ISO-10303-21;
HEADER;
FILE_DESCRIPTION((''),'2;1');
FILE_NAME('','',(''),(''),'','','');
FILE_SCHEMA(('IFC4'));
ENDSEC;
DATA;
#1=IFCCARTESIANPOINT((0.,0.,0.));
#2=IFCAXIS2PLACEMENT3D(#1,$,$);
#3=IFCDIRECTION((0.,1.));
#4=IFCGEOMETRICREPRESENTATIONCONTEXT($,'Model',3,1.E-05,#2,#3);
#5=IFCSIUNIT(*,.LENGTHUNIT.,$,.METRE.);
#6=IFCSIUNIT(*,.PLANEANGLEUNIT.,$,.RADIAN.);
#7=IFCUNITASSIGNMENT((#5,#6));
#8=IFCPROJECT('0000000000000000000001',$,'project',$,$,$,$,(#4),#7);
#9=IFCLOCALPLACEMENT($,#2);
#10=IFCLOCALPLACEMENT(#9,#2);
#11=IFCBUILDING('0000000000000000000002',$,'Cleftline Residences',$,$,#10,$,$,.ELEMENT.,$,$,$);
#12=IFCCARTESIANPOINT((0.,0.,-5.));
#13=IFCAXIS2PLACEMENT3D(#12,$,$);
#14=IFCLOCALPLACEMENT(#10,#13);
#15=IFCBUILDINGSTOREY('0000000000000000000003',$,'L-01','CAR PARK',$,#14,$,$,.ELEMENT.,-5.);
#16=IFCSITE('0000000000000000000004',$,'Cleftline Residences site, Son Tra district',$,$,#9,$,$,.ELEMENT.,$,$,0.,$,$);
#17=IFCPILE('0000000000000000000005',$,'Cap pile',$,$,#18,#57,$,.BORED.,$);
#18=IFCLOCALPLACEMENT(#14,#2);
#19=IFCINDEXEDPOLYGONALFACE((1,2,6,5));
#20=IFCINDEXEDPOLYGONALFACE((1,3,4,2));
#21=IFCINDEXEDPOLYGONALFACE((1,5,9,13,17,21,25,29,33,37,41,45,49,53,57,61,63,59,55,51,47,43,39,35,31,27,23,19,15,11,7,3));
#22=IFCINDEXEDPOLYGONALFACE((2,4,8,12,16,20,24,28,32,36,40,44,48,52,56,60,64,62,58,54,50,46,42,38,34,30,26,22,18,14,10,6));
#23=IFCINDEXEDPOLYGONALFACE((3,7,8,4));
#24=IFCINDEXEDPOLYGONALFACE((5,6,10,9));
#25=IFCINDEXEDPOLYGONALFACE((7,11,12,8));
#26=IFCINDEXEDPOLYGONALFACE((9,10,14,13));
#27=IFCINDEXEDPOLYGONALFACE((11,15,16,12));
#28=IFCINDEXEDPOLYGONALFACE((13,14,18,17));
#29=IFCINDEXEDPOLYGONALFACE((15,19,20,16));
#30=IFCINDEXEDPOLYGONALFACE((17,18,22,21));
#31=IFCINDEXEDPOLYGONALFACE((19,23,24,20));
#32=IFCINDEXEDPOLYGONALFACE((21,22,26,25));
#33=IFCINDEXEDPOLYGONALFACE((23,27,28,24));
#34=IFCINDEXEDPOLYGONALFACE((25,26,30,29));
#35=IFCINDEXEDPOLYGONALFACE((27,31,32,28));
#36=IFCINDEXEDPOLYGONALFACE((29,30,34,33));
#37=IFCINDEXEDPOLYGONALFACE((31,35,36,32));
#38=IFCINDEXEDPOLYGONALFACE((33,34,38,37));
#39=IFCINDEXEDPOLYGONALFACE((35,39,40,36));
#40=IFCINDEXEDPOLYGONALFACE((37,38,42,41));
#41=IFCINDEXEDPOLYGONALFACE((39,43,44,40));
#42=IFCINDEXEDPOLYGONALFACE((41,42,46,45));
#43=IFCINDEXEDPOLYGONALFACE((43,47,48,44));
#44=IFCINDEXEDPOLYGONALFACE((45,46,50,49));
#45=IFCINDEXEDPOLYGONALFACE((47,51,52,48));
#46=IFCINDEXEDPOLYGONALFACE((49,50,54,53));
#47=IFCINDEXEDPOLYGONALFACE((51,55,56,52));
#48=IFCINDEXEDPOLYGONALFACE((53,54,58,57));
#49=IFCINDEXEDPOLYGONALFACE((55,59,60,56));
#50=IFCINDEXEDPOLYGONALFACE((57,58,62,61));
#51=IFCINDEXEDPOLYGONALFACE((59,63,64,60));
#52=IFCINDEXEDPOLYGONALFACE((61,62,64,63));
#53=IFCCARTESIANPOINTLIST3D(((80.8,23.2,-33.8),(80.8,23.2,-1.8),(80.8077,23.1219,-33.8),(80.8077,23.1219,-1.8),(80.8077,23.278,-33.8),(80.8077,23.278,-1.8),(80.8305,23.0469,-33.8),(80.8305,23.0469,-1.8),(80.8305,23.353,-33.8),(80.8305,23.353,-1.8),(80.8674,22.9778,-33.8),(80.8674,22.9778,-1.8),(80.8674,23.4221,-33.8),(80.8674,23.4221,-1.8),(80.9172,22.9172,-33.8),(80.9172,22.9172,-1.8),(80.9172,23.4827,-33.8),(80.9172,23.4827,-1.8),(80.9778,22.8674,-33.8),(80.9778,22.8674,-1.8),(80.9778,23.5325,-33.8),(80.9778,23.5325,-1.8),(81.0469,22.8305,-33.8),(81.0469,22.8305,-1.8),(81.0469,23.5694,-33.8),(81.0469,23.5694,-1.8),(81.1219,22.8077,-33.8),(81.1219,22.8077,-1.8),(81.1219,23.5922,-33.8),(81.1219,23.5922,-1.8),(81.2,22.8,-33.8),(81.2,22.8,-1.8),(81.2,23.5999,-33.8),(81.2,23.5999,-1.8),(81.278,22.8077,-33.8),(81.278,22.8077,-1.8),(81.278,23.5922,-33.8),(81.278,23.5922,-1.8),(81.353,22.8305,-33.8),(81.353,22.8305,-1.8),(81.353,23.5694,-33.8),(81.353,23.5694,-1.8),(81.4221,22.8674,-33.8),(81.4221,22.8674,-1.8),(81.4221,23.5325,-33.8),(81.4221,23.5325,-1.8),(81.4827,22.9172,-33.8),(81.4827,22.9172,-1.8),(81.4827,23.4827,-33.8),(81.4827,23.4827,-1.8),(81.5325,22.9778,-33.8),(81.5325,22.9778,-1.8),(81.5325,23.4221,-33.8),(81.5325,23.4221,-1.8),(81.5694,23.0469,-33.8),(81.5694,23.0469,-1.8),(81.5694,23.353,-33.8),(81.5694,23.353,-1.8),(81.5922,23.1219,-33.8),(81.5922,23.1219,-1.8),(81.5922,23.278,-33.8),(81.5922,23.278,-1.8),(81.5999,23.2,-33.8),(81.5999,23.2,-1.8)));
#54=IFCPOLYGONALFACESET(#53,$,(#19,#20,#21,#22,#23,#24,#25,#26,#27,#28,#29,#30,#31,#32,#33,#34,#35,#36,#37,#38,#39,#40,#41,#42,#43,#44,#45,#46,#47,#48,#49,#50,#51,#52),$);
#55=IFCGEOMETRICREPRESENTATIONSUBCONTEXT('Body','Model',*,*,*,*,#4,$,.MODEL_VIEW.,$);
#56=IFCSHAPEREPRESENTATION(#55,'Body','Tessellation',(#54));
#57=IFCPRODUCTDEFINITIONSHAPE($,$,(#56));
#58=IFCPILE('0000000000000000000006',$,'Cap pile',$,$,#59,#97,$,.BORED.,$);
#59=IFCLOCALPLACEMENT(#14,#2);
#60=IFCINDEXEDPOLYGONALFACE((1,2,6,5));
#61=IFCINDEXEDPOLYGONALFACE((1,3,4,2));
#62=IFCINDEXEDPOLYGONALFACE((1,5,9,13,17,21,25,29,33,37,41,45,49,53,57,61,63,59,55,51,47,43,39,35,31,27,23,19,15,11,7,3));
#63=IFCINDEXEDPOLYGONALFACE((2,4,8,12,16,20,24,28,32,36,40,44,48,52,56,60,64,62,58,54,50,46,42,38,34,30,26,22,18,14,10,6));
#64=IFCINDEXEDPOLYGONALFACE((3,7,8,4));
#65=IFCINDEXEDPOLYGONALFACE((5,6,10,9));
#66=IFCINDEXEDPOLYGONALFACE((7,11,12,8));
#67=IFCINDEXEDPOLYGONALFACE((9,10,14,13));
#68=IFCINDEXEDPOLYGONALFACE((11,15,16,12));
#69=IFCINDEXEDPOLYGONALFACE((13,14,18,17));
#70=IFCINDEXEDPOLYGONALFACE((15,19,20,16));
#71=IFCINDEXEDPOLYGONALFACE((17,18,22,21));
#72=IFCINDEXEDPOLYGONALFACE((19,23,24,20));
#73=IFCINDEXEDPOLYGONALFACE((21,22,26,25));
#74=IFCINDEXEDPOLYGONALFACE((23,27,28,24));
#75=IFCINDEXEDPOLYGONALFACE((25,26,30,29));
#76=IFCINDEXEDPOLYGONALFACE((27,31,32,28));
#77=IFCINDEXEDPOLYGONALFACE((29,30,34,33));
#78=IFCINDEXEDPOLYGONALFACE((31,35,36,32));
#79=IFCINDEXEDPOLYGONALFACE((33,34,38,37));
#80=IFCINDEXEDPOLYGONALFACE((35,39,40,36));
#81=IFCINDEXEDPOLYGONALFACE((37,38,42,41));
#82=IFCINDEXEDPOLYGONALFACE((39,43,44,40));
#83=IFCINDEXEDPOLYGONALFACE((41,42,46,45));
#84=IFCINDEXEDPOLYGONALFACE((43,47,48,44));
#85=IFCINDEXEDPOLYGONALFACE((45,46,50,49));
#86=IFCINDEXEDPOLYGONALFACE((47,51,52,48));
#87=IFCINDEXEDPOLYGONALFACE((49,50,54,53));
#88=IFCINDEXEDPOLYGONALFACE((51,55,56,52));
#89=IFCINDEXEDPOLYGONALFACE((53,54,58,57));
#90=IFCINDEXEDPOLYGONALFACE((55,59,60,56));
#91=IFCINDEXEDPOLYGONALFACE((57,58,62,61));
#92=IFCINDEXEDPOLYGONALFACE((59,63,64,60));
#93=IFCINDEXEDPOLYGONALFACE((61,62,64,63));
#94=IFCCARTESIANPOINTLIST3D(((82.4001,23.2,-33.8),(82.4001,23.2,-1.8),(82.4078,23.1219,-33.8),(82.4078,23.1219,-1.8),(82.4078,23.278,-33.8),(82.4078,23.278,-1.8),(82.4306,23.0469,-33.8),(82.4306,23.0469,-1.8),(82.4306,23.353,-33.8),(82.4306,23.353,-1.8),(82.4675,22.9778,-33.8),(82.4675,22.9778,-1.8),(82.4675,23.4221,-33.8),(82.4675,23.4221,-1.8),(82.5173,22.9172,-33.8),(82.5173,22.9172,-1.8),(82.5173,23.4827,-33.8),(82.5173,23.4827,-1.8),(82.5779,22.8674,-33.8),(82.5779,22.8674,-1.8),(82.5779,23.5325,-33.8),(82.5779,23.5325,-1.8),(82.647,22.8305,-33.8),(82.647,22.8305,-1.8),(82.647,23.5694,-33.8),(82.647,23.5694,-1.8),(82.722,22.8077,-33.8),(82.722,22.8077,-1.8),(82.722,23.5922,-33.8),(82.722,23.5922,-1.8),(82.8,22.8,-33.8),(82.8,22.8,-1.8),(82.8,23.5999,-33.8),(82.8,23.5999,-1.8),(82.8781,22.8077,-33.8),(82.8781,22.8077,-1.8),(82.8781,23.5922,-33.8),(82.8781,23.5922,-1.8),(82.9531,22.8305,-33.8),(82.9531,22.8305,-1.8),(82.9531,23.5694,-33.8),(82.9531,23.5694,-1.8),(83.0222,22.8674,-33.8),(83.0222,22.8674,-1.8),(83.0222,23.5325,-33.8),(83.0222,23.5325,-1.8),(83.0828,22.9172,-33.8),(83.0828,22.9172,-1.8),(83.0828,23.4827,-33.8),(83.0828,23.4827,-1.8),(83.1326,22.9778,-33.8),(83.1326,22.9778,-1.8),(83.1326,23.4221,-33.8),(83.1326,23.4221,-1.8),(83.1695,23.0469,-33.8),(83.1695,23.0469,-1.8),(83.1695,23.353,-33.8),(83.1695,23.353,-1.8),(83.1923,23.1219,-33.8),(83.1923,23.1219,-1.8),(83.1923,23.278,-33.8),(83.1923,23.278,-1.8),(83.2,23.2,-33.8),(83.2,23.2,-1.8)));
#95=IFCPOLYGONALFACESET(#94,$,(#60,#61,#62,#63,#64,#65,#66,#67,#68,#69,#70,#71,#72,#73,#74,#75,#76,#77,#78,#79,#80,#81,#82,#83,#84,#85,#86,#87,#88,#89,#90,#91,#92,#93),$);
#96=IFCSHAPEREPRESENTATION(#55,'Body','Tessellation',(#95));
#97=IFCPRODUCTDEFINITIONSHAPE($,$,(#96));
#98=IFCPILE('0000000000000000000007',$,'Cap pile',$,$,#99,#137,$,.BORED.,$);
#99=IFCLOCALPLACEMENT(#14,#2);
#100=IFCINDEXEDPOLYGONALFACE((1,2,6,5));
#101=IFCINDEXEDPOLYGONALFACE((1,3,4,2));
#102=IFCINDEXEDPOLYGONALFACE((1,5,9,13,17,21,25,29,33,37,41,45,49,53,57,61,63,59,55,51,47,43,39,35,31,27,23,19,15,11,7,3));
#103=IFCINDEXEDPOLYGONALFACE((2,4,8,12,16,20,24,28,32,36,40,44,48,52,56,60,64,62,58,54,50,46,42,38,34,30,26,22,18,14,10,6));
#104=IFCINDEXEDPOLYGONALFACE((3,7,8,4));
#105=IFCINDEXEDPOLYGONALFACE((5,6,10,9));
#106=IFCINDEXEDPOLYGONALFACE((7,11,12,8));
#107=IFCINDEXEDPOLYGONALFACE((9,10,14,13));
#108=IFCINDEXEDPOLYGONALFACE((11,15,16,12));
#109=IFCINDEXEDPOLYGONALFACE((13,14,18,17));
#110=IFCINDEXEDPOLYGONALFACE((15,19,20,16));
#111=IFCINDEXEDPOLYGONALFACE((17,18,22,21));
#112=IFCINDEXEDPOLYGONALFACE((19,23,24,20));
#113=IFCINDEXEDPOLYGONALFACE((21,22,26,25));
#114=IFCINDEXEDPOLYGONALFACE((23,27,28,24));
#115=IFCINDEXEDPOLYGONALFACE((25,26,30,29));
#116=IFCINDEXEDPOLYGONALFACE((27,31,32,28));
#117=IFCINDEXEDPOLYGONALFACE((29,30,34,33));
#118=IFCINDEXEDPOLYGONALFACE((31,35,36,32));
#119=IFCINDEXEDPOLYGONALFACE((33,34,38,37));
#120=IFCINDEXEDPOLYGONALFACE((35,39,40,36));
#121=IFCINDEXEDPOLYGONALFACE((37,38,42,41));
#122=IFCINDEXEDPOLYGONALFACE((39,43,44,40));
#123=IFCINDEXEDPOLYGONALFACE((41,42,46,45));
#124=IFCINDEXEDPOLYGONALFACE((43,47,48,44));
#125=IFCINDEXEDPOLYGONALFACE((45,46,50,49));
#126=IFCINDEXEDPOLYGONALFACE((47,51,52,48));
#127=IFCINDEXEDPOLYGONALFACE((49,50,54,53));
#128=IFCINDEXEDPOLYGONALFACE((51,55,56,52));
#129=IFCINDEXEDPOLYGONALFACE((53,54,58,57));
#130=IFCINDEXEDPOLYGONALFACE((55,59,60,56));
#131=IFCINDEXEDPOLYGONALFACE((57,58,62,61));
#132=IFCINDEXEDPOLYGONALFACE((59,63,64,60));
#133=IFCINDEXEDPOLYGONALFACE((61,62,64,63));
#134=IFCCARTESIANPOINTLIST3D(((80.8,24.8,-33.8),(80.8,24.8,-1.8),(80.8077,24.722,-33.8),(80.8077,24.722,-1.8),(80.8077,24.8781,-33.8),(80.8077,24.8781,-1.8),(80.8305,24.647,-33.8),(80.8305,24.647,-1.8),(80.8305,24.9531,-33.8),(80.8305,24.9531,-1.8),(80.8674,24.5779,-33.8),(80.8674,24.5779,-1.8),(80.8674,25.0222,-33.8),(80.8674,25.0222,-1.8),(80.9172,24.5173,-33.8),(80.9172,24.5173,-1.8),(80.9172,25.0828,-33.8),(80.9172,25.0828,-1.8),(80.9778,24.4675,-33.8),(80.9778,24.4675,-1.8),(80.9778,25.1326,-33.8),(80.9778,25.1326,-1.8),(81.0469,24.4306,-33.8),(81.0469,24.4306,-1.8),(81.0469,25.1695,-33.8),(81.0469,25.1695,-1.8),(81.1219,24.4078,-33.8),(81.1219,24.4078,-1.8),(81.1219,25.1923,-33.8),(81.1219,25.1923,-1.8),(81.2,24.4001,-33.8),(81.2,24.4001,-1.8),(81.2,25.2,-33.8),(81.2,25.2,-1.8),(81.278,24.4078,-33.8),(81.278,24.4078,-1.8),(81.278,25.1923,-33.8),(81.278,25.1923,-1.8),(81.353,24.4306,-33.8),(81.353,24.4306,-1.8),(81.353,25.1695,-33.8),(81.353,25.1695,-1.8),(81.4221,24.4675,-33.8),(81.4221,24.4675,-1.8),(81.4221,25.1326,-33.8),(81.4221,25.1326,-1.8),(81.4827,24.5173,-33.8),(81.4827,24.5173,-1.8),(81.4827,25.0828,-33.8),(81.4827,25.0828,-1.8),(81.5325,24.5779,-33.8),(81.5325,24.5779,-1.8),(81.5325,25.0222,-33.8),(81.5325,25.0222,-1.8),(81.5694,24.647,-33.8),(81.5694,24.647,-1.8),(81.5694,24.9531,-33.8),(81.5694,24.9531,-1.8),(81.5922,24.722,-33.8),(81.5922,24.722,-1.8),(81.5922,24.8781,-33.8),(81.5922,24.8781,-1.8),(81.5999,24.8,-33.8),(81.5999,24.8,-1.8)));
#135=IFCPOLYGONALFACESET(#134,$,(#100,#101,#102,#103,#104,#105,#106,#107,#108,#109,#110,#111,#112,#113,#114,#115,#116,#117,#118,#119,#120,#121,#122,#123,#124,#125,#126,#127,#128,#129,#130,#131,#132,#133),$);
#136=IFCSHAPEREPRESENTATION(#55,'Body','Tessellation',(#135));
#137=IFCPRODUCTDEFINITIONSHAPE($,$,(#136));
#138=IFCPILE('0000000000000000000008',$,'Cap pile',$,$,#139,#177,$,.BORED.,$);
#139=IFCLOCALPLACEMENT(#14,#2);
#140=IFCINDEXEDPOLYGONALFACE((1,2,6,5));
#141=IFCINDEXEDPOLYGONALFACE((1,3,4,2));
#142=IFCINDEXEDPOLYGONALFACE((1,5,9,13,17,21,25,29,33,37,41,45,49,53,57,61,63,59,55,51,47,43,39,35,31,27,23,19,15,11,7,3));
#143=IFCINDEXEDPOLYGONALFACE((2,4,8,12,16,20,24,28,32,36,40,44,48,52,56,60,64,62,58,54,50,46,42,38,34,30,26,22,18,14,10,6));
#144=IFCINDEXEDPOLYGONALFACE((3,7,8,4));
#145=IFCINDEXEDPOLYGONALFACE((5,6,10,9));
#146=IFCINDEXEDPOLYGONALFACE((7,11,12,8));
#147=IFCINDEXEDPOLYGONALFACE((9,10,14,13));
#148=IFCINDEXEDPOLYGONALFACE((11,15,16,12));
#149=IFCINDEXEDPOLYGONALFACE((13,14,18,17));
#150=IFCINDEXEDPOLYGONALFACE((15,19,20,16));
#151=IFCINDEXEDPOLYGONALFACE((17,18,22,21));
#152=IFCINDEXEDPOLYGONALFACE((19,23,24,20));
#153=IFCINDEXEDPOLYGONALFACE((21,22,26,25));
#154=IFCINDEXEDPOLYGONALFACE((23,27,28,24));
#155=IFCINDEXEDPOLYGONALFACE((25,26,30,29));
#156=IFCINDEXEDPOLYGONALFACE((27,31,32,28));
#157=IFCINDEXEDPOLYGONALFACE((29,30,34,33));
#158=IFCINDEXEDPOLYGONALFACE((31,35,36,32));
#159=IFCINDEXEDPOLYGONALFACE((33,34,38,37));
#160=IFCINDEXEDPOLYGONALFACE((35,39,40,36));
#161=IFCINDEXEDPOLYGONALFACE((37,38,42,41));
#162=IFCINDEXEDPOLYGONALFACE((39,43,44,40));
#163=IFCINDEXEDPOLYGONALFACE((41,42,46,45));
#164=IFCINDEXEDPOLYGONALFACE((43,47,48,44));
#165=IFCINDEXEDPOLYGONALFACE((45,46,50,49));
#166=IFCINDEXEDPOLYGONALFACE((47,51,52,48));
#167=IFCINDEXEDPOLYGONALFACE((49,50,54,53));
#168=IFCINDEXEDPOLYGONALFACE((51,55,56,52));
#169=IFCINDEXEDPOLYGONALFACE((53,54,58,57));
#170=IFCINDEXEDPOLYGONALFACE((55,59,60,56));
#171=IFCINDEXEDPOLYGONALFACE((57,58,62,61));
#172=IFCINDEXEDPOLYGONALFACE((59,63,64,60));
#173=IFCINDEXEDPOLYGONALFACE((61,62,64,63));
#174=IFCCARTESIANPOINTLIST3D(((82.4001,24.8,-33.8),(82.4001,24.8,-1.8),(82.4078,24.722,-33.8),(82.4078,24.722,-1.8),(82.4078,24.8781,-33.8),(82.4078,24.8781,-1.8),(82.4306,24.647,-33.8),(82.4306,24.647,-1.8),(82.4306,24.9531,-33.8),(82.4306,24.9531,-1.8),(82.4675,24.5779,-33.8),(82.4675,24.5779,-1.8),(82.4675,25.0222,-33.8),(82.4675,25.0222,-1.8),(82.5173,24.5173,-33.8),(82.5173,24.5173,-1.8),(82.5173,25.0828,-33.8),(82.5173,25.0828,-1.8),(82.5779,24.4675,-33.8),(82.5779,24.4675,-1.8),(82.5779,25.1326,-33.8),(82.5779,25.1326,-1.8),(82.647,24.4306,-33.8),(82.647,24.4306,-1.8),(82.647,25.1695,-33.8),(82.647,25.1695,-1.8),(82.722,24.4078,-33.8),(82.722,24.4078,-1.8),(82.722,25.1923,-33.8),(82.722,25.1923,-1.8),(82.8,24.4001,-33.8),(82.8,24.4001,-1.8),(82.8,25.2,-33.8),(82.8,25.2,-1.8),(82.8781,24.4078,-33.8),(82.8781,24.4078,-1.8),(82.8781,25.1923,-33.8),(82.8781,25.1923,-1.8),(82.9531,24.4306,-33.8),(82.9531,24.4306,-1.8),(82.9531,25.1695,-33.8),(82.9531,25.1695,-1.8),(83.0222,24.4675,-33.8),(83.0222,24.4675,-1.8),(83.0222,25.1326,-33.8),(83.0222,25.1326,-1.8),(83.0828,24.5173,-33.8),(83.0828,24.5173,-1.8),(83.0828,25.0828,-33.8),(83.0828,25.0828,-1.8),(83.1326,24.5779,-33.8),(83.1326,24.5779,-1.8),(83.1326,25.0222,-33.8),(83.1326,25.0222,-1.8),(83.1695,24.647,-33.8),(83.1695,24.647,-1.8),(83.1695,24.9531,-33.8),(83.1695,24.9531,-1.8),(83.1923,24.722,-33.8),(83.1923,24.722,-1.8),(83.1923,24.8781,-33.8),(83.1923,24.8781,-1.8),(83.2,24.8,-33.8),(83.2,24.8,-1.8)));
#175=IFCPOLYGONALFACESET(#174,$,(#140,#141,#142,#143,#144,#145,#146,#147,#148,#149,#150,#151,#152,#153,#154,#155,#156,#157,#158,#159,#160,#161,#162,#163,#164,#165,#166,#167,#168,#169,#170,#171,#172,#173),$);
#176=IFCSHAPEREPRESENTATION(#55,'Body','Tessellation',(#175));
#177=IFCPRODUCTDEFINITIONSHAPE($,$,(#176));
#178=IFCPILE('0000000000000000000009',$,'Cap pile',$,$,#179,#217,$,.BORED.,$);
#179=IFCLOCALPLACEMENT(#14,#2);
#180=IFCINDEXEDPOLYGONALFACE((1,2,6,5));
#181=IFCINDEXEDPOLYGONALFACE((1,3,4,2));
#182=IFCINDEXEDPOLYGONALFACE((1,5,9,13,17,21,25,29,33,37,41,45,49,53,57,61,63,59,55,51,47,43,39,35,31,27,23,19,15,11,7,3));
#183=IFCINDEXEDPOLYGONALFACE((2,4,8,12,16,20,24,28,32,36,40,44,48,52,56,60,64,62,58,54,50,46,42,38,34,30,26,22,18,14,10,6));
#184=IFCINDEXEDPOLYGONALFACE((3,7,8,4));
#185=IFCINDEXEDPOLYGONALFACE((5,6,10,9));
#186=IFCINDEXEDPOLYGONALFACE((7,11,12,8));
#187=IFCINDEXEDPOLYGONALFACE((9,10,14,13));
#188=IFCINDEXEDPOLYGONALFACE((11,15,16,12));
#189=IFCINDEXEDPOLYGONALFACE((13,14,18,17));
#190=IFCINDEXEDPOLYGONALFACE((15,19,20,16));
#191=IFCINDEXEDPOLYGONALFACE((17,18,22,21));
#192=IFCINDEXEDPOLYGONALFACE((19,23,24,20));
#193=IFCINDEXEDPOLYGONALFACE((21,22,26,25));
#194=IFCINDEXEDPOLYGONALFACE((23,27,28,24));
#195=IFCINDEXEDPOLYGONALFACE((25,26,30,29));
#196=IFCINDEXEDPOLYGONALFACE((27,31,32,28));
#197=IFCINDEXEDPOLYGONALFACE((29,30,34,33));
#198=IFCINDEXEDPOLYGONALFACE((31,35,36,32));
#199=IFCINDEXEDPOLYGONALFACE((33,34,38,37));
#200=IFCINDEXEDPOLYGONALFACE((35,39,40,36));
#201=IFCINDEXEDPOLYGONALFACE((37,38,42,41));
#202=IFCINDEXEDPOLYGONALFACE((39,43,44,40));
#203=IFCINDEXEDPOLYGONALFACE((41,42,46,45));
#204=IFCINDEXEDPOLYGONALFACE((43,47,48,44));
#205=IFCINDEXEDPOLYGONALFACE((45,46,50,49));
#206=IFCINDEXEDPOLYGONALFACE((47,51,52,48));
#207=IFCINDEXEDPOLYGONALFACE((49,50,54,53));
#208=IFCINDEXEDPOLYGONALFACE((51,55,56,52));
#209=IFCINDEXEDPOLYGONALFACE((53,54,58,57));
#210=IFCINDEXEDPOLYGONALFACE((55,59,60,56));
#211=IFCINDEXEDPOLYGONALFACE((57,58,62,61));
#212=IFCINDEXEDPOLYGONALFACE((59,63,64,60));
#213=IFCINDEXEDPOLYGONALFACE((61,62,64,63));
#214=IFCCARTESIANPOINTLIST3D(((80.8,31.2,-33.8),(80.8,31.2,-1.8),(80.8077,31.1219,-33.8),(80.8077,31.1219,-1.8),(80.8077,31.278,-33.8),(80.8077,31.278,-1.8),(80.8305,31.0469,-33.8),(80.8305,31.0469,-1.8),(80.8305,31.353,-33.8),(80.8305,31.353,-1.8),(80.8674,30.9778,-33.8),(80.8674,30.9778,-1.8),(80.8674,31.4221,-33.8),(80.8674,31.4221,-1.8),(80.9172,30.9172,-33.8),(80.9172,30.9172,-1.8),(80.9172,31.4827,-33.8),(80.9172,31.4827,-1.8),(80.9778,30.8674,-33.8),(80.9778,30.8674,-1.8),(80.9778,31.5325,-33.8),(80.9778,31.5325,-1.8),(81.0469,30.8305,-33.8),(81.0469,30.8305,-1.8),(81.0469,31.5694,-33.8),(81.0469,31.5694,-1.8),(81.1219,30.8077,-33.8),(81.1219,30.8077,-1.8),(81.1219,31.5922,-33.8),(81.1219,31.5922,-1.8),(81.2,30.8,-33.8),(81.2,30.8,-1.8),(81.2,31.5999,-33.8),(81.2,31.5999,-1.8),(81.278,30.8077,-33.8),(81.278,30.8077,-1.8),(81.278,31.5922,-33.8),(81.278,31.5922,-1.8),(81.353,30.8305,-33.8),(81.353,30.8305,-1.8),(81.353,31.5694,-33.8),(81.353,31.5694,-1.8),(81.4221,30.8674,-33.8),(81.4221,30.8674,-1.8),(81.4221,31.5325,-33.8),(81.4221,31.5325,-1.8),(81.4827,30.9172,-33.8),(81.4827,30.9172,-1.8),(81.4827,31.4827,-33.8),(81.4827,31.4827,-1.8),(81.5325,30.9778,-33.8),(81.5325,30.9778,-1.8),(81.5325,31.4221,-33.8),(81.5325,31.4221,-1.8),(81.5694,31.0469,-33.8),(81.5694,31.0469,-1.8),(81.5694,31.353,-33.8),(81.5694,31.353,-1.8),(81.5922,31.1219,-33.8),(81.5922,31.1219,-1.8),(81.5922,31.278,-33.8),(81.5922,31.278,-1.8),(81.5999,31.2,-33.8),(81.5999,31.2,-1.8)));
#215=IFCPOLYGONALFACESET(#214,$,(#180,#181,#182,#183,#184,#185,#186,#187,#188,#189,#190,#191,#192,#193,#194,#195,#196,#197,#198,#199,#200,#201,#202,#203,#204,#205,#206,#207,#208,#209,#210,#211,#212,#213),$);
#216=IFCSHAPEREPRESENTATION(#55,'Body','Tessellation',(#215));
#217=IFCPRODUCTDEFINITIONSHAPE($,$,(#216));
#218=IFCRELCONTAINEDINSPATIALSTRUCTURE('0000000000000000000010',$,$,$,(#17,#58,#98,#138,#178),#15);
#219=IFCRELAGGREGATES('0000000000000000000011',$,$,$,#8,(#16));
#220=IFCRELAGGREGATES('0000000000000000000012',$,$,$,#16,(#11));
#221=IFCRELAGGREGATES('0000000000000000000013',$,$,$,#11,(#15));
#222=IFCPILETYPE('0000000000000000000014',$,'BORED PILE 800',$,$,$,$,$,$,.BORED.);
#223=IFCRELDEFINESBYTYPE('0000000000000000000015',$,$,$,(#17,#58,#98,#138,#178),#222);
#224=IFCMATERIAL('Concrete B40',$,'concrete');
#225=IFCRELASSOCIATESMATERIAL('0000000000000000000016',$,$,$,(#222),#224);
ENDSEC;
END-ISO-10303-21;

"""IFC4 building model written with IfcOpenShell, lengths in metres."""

from ifc_helpers import new_model, si_unit, direction, frame, origin, origin_2d, place, context, subcontext, project, spatial, circle, extrude, material, material_profile, profile_set, type_object, element, save


model = new_model("IFC4")

# Units and contexts
model_context = context("Model", 3, precision=1e-05, world=origin(), true_north=direction((0.0, 1.0)))
body_context = subcontext(model_context, "Body", "Model", "MODEL_VIEW")
ifc_project = project(units=[si_unit("LENGTHUNIT", "METRE"), si_unit("PLANEANGLEUNIT", "RADIAN")], contexts=[model_context])

# Site, building, storey
site_placement = place(None, origin())
site = spatial("IfcSite", under=ifc_project, at=site_placement, Name="Cleftline Residences site, Son Tra district", CompositionType="ELEMENT", RefElevation=0.0)
building_placement = place(site_placement, origin())
building = spatial("IfcBuilding", under=site, at=building_placement, Name="Cleftline Residences", CompositionType="ELEMENT")
storey_placement = place(building_placement, frame((0.0, 0.0, -5.0)))
storey = spatial("IfcBuildingStorey", under=building, at=storey_placement, Name="L-01", Description="CAR PARK", CompositionType="ELEMENT", Elevation=-5.0)

# Piles
ifc_material_1 = material(Name="Concrete B40", Category="concrete")
ifc_material_profile_1 = material_profile(ifc_material_1, circle(Radius=0.3999, at=origin_2d()))
ifc_profile_set_1 = profile_set([ifc_material_profile_1], Name="Concrete B40")
pile_type = type_object("IfcPileType", Name="BORED PILE 800", PredefinedType="BORED", material=ifc_profile_set_1)
for number, where, z_axis, x_axis, name in (
    (1, (81.2, 23.2, -1.8), (0.0, 0.0, -1.0), (1.0, 0.0, 0.0), "Cap pile"),
    (2, (82.8, 23.2, -1.8), (0.0, 0.0, -1.0), (1.0, 0.0, 0.0), "Cap pile"),
    (3, (81.2, 24.8, -1.8), (0.0, 0.0, -1.0), (1.0, 0.0, 0.0), "Cap pile"),
    (4, (82.8, 24.8, -1.8), (0.0, 0.0, -1.0), (1.0, 0.0, 0.0), "Cap pile"),
    (5, (81.2, 31.2, -1.8), (0.0, 0.0, -1.0), (1.0, 0.0, 0.0), "Cap pile"),
):
    element("IfcPile", number, at=place(storey_placement, frame(where, z_axis=z_axis, x_axis=x_axis)), inside=storey, type_object=pile_type, Name=name, PredefinedType="BORED", context=body_context, shape_type="SweptSolid", body=[
        extrude(circle(Radius=0.3999, at=origin_2d()), origin(), (0.0, 0.0, 1.0), 32.0),
    ])

save(model, "model.ifc")
